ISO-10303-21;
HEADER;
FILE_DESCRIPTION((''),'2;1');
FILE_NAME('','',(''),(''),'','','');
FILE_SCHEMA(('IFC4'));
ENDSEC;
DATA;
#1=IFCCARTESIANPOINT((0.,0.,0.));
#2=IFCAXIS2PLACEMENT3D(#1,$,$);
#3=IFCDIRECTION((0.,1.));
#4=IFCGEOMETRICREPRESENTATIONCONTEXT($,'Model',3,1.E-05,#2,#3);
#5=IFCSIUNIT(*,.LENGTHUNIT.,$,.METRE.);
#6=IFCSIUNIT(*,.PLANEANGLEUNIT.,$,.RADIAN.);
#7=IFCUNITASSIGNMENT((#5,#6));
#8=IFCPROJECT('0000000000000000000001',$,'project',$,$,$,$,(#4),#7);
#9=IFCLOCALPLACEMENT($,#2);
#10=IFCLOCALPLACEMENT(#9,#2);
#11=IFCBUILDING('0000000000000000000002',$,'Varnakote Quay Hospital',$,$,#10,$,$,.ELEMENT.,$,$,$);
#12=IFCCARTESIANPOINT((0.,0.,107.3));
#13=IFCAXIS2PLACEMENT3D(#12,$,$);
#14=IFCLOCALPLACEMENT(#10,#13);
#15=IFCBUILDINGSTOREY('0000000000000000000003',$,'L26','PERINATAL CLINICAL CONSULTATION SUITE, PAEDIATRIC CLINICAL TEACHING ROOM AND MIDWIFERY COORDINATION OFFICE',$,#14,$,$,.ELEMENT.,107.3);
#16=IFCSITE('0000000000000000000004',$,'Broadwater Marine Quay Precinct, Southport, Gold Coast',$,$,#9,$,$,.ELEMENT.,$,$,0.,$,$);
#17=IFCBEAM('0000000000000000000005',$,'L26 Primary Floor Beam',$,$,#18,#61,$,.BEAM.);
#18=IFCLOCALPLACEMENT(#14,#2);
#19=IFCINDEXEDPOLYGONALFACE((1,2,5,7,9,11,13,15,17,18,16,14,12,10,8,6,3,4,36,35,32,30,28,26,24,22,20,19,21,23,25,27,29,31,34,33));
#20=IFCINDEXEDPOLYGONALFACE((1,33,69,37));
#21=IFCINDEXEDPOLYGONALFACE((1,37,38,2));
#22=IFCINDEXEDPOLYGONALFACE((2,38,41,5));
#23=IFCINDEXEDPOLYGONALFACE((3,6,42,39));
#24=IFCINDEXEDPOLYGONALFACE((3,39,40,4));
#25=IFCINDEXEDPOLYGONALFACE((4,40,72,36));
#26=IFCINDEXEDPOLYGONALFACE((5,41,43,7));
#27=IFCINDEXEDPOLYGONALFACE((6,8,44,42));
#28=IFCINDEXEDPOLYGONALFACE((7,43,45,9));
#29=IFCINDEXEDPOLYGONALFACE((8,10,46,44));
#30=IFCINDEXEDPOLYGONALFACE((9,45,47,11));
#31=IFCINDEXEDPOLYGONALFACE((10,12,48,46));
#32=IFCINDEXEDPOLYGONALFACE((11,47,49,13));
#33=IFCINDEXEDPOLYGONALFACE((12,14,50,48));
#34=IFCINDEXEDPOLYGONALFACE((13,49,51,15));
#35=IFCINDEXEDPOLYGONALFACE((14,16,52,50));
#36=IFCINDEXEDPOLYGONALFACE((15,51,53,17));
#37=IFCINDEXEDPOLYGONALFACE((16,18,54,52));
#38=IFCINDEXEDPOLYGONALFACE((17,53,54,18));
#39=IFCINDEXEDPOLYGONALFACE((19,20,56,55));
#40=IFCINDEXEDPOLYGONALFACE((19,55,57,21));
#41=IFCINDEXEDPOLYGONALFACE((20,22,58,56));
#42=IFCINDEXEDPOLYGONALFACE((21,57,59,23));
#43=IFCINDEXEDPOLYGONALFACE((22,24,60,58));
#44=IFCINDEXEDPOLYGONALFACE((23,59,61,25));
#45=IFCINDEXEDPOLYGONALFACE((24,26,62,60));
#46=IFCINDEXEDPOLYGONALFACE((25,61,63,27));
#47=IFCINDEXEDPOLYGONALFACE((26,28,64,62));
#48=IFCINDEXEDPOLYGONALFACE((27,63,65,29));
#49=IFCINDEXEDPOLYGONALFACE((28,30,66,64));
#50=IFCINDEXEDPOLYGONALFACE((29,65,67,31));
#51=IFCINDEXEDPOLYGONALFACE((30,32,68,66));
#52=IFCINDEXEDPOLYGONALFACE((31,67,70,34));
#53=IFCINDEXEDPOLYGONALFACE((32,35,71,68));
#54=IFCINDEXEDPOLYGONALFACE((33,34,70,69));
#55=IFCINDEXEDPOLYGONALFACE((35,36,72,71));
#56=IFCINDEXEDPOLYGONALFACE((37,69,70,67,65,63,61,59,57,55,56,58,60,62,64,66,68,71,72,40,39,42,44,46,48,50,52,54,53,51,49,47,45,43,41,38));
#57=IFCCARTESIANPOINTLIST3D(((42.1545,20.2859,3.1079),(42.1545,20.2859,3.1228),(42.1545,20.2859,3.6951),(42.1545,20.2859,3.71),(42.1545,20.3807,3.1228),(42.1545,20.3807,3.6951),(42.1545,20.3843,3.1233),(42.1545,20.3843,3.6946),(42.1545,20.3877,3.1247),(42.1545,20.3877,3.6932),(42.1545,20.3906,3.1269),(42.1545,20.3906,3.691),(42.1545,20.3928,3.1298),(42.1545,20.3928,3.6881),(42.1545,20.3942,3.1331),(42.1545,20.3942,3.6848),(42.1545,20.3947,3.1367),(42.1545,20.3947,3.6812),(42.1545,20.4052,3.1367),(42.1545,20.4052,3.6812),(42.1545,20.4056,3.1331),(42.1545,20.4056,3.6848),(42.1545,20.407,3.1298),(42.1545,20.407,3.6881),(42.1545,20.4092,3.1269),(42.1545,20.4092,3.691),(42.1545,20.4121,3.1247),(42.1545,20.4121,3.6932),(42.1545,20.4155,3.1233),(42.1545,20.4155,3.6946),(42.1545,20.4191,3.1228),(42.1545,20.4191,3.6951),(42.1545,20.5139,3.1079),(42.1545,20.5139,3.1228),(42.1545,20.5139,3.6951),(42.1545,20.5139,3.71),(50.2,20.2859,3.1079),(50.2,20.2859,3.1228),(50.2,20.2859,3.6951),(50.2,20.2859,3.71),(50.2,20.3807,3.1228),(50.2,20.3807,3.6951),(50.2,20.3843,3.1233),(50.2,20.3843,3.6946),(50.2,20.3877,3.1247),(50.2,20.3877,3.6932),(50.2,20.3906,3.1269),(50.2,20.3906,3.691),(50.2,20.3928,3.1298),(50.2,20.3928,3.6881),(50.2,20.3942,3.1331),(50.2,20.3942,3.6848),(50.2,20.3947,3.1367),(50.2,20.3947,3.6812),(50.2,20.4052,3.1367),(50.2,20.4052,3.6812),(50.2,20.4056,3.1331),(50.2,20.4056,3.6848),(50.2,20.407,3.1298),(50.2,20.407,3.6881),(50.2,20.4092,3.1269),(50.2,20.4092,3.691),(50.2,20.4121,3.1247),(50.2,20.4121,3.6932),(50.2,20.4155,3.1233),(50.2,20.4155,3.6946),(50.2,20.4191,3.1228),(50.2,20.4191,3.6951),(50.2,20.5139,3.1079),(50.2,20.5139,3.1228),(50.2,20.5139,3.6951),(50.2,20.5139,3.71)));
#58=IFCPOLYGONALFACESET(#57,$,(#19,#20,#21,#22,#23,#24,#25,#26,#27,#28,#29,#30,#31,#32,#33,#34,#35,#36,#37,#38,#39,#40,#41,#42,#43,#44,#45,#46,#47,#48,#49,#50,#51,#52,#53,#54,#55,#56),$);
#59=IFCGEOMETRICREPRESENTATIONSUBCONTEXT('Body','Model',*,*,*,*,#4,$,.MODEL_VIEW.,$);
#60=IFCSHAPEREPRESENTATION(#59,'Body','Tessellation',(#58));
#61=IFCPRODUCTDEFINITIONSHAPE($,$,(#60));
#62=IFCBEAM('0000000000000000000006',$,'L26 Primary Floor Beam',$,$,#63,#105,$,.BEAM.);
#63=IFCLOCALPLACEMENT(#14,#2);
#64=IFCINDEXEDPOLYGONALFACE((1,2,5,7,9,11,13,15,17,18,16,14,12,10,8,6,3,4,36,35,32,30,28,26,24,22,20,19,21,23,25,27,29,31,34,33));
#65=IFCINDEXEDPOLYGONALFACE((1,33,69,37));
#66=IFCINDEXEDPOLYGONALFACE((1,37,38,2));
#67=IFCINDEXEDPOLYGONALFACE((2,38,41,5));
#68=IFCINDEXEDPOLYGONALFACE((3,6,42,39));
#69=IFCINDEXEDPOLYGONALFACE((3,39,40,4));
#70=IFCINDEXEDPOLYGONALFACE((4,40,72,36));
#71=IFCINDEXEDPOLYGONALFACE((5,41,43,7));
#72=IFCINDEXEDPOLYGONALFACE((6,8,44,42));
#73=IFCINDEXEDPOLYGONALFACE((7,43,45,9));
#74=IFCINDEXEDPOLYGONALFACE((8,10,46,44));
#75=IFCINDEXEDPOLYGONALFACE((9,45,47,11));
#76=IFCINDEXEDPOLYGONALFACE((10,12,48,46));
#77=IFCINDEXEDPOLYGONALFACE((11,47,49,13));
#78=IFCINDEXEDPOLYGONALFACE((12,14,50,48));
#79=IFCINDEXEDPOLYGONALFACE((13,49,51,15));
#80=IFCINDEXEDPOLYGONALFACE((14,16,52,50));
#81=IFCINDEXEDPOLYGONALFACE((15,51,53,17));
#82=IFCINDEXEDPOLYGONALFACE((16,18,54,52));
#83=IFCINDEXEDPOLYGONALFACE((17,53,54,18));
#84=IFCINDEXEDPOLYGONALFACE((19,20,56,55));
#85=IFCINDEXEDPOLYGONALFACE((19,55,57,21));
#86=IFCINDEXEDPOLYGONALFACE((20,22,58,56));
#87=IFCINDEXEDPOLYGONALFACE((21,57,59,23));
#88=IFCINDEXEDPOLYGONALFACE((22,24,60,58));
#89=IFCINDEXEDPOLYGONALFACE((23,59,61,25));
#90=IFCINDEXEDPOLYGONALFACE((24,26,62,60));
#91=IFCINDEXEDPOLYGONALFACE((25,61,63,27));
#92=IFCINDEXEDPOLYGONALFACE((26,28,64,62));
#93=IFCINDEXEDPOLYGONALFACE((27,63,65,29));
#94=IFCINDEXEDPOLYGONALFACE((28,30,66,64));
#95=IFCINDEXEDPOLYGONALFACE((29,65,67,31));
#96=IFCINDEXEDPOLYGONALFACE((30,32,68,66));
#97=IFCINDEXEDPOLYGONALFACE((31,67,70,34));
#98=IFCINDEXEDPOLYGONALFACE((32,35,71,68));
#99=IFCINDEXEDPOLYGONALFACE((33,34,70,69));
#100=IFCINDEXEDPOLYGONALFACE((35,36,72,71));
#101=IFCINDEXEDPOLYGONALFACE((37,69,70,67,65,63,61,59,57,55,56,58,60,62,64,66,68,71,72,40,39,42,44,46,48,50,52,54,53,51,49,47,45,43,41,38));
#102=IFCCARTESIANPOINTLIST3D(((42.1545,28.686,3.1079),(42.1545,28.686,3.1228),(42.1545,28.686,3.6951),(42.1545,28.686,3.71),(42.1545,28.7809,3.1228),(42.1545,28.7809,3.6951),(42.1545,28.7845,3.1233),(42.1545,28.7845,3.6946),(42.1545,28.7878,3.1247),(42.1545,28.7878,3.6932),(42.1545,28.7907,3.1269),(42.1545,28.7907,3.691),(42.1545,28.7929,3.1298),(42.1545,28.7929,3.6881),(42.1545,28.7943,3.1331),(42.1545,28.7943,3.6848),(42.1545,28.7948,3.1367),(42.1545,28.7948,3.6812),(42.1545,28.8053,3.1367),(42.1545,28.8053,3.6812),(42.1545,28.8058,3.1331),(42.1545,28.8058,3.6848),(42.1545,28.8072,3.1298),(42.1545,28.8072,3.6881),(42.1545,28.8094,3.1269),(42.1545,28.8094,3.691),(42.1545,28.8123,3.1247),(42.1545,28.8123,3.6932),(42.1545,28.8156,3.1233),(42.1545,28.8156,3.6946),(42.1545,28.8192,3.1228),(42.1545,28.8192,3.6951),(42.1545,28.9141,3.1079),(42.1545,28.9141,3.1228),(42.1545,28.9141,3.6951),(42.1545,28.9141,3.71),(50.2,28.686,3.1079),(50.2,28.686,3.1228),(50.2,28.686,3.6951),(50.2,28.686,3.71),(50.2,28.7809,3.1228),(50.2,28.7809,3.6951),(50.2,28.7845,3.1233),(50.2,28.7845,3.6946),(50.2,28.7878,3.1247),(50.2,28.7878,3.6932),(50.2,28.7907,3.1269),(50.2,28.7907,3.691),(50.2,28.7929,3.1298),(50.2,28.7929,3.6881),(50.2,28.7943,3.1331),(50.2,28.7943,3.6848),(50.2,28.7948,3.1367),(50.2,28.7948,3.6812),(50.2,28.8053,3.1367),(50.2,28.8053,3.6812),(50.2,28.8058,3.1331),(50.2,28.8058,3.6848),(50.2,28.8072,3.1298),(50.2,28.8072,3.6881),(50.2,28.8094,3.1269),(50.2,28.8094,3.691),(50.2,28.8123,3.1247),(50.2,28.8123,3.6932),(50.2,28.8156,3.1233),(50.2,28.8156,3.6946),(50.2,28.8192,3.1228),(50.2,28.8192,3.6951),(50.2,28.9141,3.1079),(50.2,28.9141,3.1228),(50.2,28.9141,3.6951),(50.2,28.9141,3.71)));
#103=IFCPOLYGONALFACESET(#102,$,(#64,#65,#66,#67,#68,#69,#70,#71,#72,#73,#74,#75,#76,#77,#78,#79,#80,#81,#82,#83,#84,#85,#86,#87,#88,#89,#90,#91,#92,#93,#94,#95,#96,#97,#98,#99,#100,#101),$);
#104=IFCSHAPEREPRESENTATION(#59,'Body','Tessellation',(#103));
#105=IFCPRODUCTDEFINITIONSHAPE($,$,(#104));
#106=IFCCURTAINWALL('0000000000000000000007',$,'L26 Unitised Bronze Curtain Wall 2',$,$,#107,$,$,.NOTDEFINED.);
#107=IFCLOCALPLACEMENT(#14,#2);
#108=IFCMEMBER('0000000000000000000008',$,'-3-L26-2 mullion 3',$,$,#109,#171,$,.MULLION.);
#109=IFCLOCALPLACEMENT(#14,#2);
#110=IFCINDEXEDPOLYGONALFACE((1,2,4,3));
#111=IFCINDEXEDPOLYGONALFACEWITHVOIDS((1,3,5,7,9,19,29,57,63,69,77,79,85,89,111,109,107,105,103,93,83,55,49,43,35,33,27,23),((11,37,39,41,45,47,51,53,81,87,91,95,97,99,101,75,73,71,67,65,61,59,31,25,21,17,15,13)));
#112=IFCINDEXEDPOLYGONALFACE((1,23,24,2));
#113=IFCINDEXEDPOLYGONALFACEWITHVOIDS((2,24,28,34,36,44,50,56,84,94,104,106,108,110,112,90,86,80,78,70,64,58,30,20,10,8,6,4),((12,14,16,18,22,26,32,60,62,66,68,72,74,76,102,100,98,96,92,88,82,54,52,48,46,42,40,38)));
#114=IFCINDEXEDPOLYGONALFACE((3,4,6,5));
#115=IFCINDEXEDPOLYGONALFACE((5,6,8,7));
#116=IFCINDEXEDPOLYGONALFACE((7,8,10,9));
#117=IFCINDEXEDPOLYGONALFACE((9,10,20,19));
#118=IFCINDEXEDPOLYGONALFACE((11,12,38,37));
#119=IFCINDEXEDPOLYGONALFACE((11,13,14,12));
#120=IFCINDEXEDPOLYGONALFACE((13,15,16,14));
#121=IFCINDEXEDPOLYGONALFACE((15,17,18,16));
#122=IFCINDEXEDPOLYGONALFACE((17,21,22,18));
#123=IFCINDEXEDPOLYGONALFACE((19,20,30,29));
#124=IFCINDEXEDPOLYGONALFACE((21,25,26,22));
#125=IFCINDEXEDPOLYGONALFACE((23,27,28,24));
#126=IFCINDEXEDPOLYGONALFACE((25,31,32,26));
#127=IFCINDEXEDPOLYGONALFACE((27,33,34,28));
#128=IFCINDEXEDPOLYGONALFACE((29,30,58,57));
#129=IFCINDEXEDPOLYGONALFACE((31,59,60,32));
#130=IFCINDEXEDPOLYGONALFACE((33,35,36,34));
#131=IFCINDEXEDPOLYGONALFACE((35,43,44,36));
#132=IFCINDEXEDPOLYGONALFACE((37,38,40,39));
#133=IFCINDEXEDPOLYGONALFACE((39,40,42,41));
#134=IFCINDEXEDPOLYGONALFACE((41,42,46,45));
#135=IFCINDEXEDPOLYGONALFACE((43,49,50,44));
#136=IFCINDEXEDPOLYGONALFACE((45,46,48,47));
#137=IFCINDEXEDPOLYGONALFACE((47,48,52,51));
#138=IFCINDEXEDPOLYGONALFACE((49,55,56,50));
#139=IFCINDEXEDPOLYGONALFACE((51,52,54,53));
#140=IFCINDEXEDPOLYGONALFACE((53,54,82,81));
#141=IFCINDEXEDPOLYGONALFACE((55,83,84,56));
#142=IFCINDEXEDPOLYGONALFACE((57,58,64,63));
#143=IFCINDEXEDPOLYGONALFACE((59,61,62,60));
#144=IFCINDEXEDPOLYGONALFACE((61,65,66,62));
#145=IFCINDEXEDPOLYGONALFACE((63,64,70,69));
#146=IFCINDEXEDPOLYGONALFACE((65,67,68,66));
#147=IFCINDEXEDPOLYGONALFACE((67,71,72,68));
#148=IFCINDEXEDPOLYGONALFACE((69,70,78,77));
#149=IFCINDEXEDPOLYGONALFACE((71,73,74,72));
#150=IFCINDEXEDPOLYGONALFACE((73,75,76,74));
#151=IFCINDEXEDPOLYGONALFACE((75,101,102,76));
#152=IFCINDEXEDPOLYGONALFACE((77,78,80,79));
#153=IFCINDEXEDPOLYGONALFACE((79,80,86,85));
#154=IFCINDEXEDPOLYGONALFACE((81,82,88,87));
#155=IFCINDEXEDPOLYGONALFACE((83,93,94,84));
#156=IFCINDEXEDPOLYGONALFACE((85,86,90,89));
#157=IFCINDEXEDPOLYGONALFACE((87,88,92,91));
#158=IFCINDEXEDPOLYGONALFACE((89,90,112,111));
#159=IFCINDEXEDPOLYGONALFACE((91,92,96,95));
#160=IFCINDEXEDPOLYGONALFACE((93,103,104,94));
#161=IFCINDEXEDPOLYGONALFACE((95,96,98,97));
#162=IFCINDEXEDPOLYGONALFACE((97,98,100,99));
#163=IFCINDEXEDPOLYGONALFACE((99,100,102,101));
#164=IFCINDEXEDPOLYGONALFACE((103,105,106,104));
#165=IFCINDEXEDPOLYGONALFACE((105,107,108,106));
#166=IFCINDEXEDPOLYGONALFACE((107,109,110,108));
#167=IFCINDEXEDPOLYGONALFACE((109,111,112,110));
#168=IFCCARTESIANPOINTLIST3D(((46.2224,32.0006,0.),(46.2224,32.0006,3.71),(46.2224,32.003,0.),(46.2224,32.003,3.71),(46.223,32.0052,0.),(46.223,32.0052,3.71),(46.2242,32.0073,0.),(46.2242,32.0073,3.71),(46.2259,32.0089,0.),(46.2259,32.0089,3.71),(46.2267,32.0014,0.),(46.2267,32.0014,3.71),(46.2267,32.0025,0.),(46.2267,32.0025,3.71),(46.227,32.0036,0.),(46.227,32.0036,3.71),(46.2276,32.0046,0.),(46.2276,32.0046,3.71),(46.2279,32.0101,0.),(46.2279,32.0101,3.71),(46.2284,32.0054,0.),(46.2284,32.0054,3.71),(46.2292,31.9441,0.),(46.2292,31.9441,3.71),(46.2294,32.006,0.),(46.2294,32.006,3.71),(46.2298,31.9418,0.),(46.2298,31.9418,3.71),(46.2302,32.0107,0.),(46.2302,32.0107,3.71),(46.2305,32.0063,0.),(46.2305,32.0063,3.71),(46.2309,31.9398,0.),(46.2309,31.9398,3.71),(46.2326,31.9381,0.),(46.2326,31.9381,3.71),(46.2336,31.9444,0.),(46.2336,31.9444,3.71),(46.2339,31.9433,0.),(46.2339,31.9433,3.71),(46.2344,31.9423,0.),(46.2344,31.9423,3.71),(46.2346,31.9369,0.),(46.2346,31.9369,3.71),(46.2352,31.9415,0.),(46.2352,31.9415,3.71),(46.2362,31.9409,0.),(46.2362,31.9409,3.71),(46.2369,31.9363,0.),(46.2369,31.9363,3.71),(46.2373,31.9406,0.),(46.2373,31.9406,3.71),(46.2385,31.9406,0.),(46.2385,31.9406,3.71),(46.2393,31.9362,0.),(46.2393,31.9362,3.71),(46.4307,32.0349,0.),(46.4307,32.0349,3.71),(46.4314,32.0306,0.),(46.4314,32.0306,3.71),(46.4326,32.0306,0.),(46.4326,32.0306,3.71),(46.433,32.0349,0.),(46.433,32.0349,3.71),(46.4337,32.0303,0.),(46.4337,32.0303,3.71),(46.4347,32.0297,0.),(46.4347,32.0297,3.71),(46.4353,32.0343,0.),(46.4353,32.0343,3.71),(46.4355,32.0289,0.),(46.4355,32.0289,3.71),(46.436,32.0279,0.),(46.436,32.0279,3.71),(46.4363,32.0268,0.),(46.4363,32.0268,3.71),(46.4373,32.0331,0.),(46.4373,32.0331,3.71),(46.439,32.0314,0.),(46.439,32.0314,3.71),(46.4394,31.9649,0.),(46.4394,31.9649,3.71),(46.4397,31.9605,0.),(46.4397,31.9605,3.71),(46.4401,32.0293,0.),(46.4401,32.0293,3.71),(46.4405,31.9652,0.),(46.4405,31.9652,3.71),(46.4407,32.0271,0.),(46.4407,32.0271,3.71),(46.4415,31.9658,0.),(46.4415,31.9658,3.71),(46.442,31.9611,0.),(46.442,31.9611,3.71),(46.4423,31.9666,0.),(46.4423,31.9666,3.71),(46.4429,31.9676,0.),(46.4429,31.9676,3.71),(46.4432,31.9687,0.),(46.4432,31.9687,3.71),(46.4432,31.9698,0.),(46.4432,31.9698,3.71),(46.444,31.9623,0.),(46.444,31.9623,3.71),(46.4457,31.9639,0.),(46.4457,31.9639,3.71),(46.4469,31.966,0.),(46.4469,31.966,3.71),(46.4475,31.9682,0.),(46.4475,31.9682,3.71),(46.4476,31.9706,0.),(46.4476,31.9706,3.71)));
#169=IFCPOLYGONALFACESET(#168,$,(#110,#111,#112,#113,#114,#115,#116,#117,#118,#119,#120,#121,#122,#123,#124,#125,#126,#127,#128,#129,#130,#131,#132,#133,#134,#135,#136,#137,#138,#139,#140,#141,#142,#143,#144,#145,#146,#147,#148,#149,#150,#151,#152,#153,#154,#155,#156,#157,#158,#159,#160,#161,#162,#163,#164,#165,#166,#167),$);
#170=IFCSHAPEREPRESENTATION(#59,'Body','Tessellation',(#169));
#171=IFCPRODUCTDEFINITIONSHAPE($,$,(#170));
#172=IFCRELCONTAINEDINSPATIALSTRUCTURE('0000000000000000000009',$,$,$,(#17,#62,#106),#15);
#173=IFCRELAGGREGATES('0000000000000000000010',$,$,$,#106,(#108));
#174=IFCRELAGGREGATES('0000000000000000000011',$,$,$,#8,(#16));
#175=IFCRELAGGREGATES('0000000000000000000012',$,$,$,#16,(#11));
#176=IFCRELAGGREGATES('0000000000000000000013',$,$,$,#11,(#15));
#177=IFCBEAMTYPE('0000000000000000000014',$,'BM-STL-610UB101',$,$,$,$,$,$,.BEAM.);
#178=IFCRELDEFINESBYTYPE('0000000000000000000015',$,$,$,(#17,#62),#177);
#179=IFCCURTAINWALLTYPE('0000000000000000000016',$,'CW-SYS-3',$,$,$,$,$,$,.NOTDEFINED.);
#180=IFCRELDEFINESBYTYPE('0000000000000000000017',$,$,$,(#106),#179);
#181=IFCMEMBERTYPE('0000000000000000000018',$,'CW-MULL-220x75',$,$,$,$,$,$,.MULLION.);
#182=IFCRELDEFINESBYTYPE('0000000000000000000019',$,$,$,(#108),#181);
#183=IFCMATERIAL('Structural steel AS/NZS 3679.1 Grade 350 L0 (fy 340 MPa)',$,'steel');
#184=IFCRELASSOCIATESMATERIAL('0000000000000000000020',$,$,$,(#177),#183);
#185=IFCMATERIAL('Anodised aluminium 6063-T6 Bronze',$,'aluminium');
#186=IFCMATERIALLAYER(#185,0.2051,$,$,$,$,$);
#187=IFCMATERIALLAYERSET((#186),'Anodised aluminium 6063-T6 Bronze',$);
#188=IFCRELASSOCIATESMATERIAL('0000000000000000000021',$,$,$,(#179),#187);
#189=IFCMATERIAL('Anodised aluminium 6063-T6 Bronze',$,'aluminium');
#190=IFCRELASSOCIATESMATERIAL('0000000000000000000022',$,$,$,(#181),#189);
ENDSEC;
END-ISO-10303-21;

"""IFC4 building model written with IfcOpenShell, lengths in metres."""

from ifc_helpers import new_model, si_unit, direction, frame, origin, origin_2d, place, context, subcontext, project, spatial, hollow_rectangle, i_section, extrude, material, layer, layer_set, material_profile, profile_set, type_object, element, aggregate, save


model = new_model("IFC4")

# Units and contexts
model_context = context("Model", 3, precision=1e-05, world=origin(), true_north=direction((0.0, 1.0)))
body_context = subcontext(model_context, "Body", "Model", "MODEL_VIEW")
ifc_project = project(units=[si_unit("LENGTHUNIT", "METRE"), si_unit("PLANEANGLEUNIT", "RADIAN")], contexts=[model_context])

# Site, building, storey
site_placement = place(None, origin())
site = spatial("IfcSite", under=ifc_project, at=site_placement, Name="Broadwater Marine Quay Precinct, Southport, Gold Coast", CompositionType="ELEMENT", RefElevation=0.0)
building_placement = place(site_placement, origin())
building = spatial("IfcBuilding", under=site, at=building_placement, Name="Varnakote Quay Hospital", CompositionType="ELEMENT")
storey_placement = place(building_placement, frame((0.0, 0.0, 107.3)))
storey = spatial("IfcBuildingStorey", under=building, at=storey_placement, Name="L26", Description="PERINATAL CLINICAL CONSULTATION SUITE, PAEDIATRIC CLINICAL TEACHING ROOM AND MIDWIFERY COORDINATION OFFICE", CompositionType="ELEMENT", Elevation=107.3)

# Beams
ifc_material_1 = material(Name="Structural steel AS/NZS 3679.1 Grade 350 L0 (fy 340 MPa)", Category="steel")
ifc_material_profile_1 = material_profile(ifc_material_1, i_section(OverallWidth=0.228, OverallDepth=0.6021, WebThickness=0.0105, FlangeThickness=0.0149, FilletRadius=0.0139, at=origin_2d()), Name="610UB101")
ifc_profile_set_1 = profile_set([ifc_material_profile_1], Name="Structural steel AS/NZS 3679.1 Grade 350 L0 (fy 340 MPa)")
beam_type_1 = type_object("IfcBeamType", Name="BM-STL-610UB101", PredefinedType="BEAM", material=ifc_profile_set_1)
for number, where, z_axis, x_axis, name in (
    (1, (42.1545, 20.3999, 3.4089), (1.0, 0.0, 0.0), (0.0, 1.0, 0.0), "L26 Primary Floor Beam"),
    (2, (42.1545, 28.8, 3.4089), (1.0, 0.0, 0.0), (0.0, 1.0, 0.0), "L26 Primary Floor Beam"),
):
    element("IfcBeam", number, at=place(storey_placement, frame(where, z_axis=z_axis, x_axis=x_axis)), inside=storey, type_object=beam_type_1, Name=name, PredefinedType="BEAM", context=body_context, shape_type="SweptSolid", body=[
        extrude(i_section(OverallWidth=0.228, OverallDepth=0.6021, WebThickness=0.0105, FlangeThickness=0.0149, FilletRadius=0.0139, at=origin_2d()), origin(), (0.0, 0.0, 1.0), 8.0454),
    ])

# Curtain wall, member
ifc_material_2 = material(Name="Anodised aluminium 6063-T6 Bronze", Category="aluminium")
ifc_layer_1 = layer(ifc_material_2, 0.2051)
ifc_layer_set_1 = layer_set([ifc_layer_1], Name="Anodised aluminium 6063-T6 Bronze")
curtain_wall_type = type_object("IfcCurtainWallType", Name="CW-SYS-3", PredefinedType="NOTDEFINED", material=ifc_layer_set_1)
curtain_wall_placement = place(storey_placement, origin())
curtain_wall = element("IfcCurtainWall", 3, at=curtain_wall_placement, inside=storey, type_object=curtain_wall_type, Name="L26 Unitised Bronze Curtain Wall 2", PredefinedType="NOTDEFINED")
ifc_material_3 = material(Name="Anodised aluminium 6063-T6 Bronze", Category="aluminium")
ifc_material_profile_2 = material_profile(ifc_material_3, hollow_rectangle(XDim=0.075, YDim=0.22, WallThickness=0.0044, InnerFilletRadius=0.0044, OuterFilletRadius=0.009, at=origin_2d()), Name="CW-MULL-220x75")
ifc_profile_set_2 = profile_set([ifc_material_profile_2], Name="Anodised aluminium 6063-T6 Bronze")
member_type_1 = type_object("IfcMemberType", Name="CW-MULL-220x75", PredefinedType="MULLION", material=ifc_profile_set_2)
member_1_placement = place(storey_placement, frame((46.335, 31.9856, 0.0), z_axis=(0.0, 0.0, 1.0), x_axis=(0.120327, -0.992734, 0.0)))
member_1 = element("IfcMember", 4, at=member_1_placement, type_object=member_type_1, Name="-3-L26-2 mullion 3", PredefinedType="MULLION", context=body_context, shape_type="SweptSolid", body=[
    extrude(hollow_rectangle(XDim=0.075, YDim=0.22, WallThickness=0.0044, InnerFilletRadius=0.0044, OuterFilletRadius=0.009, at=origin_2d()), origin(), (0.0, 0.0, 1.0), 3.71),
])

aggregate(curtain_wall, [member_1])

save(model, "model.ifc")
